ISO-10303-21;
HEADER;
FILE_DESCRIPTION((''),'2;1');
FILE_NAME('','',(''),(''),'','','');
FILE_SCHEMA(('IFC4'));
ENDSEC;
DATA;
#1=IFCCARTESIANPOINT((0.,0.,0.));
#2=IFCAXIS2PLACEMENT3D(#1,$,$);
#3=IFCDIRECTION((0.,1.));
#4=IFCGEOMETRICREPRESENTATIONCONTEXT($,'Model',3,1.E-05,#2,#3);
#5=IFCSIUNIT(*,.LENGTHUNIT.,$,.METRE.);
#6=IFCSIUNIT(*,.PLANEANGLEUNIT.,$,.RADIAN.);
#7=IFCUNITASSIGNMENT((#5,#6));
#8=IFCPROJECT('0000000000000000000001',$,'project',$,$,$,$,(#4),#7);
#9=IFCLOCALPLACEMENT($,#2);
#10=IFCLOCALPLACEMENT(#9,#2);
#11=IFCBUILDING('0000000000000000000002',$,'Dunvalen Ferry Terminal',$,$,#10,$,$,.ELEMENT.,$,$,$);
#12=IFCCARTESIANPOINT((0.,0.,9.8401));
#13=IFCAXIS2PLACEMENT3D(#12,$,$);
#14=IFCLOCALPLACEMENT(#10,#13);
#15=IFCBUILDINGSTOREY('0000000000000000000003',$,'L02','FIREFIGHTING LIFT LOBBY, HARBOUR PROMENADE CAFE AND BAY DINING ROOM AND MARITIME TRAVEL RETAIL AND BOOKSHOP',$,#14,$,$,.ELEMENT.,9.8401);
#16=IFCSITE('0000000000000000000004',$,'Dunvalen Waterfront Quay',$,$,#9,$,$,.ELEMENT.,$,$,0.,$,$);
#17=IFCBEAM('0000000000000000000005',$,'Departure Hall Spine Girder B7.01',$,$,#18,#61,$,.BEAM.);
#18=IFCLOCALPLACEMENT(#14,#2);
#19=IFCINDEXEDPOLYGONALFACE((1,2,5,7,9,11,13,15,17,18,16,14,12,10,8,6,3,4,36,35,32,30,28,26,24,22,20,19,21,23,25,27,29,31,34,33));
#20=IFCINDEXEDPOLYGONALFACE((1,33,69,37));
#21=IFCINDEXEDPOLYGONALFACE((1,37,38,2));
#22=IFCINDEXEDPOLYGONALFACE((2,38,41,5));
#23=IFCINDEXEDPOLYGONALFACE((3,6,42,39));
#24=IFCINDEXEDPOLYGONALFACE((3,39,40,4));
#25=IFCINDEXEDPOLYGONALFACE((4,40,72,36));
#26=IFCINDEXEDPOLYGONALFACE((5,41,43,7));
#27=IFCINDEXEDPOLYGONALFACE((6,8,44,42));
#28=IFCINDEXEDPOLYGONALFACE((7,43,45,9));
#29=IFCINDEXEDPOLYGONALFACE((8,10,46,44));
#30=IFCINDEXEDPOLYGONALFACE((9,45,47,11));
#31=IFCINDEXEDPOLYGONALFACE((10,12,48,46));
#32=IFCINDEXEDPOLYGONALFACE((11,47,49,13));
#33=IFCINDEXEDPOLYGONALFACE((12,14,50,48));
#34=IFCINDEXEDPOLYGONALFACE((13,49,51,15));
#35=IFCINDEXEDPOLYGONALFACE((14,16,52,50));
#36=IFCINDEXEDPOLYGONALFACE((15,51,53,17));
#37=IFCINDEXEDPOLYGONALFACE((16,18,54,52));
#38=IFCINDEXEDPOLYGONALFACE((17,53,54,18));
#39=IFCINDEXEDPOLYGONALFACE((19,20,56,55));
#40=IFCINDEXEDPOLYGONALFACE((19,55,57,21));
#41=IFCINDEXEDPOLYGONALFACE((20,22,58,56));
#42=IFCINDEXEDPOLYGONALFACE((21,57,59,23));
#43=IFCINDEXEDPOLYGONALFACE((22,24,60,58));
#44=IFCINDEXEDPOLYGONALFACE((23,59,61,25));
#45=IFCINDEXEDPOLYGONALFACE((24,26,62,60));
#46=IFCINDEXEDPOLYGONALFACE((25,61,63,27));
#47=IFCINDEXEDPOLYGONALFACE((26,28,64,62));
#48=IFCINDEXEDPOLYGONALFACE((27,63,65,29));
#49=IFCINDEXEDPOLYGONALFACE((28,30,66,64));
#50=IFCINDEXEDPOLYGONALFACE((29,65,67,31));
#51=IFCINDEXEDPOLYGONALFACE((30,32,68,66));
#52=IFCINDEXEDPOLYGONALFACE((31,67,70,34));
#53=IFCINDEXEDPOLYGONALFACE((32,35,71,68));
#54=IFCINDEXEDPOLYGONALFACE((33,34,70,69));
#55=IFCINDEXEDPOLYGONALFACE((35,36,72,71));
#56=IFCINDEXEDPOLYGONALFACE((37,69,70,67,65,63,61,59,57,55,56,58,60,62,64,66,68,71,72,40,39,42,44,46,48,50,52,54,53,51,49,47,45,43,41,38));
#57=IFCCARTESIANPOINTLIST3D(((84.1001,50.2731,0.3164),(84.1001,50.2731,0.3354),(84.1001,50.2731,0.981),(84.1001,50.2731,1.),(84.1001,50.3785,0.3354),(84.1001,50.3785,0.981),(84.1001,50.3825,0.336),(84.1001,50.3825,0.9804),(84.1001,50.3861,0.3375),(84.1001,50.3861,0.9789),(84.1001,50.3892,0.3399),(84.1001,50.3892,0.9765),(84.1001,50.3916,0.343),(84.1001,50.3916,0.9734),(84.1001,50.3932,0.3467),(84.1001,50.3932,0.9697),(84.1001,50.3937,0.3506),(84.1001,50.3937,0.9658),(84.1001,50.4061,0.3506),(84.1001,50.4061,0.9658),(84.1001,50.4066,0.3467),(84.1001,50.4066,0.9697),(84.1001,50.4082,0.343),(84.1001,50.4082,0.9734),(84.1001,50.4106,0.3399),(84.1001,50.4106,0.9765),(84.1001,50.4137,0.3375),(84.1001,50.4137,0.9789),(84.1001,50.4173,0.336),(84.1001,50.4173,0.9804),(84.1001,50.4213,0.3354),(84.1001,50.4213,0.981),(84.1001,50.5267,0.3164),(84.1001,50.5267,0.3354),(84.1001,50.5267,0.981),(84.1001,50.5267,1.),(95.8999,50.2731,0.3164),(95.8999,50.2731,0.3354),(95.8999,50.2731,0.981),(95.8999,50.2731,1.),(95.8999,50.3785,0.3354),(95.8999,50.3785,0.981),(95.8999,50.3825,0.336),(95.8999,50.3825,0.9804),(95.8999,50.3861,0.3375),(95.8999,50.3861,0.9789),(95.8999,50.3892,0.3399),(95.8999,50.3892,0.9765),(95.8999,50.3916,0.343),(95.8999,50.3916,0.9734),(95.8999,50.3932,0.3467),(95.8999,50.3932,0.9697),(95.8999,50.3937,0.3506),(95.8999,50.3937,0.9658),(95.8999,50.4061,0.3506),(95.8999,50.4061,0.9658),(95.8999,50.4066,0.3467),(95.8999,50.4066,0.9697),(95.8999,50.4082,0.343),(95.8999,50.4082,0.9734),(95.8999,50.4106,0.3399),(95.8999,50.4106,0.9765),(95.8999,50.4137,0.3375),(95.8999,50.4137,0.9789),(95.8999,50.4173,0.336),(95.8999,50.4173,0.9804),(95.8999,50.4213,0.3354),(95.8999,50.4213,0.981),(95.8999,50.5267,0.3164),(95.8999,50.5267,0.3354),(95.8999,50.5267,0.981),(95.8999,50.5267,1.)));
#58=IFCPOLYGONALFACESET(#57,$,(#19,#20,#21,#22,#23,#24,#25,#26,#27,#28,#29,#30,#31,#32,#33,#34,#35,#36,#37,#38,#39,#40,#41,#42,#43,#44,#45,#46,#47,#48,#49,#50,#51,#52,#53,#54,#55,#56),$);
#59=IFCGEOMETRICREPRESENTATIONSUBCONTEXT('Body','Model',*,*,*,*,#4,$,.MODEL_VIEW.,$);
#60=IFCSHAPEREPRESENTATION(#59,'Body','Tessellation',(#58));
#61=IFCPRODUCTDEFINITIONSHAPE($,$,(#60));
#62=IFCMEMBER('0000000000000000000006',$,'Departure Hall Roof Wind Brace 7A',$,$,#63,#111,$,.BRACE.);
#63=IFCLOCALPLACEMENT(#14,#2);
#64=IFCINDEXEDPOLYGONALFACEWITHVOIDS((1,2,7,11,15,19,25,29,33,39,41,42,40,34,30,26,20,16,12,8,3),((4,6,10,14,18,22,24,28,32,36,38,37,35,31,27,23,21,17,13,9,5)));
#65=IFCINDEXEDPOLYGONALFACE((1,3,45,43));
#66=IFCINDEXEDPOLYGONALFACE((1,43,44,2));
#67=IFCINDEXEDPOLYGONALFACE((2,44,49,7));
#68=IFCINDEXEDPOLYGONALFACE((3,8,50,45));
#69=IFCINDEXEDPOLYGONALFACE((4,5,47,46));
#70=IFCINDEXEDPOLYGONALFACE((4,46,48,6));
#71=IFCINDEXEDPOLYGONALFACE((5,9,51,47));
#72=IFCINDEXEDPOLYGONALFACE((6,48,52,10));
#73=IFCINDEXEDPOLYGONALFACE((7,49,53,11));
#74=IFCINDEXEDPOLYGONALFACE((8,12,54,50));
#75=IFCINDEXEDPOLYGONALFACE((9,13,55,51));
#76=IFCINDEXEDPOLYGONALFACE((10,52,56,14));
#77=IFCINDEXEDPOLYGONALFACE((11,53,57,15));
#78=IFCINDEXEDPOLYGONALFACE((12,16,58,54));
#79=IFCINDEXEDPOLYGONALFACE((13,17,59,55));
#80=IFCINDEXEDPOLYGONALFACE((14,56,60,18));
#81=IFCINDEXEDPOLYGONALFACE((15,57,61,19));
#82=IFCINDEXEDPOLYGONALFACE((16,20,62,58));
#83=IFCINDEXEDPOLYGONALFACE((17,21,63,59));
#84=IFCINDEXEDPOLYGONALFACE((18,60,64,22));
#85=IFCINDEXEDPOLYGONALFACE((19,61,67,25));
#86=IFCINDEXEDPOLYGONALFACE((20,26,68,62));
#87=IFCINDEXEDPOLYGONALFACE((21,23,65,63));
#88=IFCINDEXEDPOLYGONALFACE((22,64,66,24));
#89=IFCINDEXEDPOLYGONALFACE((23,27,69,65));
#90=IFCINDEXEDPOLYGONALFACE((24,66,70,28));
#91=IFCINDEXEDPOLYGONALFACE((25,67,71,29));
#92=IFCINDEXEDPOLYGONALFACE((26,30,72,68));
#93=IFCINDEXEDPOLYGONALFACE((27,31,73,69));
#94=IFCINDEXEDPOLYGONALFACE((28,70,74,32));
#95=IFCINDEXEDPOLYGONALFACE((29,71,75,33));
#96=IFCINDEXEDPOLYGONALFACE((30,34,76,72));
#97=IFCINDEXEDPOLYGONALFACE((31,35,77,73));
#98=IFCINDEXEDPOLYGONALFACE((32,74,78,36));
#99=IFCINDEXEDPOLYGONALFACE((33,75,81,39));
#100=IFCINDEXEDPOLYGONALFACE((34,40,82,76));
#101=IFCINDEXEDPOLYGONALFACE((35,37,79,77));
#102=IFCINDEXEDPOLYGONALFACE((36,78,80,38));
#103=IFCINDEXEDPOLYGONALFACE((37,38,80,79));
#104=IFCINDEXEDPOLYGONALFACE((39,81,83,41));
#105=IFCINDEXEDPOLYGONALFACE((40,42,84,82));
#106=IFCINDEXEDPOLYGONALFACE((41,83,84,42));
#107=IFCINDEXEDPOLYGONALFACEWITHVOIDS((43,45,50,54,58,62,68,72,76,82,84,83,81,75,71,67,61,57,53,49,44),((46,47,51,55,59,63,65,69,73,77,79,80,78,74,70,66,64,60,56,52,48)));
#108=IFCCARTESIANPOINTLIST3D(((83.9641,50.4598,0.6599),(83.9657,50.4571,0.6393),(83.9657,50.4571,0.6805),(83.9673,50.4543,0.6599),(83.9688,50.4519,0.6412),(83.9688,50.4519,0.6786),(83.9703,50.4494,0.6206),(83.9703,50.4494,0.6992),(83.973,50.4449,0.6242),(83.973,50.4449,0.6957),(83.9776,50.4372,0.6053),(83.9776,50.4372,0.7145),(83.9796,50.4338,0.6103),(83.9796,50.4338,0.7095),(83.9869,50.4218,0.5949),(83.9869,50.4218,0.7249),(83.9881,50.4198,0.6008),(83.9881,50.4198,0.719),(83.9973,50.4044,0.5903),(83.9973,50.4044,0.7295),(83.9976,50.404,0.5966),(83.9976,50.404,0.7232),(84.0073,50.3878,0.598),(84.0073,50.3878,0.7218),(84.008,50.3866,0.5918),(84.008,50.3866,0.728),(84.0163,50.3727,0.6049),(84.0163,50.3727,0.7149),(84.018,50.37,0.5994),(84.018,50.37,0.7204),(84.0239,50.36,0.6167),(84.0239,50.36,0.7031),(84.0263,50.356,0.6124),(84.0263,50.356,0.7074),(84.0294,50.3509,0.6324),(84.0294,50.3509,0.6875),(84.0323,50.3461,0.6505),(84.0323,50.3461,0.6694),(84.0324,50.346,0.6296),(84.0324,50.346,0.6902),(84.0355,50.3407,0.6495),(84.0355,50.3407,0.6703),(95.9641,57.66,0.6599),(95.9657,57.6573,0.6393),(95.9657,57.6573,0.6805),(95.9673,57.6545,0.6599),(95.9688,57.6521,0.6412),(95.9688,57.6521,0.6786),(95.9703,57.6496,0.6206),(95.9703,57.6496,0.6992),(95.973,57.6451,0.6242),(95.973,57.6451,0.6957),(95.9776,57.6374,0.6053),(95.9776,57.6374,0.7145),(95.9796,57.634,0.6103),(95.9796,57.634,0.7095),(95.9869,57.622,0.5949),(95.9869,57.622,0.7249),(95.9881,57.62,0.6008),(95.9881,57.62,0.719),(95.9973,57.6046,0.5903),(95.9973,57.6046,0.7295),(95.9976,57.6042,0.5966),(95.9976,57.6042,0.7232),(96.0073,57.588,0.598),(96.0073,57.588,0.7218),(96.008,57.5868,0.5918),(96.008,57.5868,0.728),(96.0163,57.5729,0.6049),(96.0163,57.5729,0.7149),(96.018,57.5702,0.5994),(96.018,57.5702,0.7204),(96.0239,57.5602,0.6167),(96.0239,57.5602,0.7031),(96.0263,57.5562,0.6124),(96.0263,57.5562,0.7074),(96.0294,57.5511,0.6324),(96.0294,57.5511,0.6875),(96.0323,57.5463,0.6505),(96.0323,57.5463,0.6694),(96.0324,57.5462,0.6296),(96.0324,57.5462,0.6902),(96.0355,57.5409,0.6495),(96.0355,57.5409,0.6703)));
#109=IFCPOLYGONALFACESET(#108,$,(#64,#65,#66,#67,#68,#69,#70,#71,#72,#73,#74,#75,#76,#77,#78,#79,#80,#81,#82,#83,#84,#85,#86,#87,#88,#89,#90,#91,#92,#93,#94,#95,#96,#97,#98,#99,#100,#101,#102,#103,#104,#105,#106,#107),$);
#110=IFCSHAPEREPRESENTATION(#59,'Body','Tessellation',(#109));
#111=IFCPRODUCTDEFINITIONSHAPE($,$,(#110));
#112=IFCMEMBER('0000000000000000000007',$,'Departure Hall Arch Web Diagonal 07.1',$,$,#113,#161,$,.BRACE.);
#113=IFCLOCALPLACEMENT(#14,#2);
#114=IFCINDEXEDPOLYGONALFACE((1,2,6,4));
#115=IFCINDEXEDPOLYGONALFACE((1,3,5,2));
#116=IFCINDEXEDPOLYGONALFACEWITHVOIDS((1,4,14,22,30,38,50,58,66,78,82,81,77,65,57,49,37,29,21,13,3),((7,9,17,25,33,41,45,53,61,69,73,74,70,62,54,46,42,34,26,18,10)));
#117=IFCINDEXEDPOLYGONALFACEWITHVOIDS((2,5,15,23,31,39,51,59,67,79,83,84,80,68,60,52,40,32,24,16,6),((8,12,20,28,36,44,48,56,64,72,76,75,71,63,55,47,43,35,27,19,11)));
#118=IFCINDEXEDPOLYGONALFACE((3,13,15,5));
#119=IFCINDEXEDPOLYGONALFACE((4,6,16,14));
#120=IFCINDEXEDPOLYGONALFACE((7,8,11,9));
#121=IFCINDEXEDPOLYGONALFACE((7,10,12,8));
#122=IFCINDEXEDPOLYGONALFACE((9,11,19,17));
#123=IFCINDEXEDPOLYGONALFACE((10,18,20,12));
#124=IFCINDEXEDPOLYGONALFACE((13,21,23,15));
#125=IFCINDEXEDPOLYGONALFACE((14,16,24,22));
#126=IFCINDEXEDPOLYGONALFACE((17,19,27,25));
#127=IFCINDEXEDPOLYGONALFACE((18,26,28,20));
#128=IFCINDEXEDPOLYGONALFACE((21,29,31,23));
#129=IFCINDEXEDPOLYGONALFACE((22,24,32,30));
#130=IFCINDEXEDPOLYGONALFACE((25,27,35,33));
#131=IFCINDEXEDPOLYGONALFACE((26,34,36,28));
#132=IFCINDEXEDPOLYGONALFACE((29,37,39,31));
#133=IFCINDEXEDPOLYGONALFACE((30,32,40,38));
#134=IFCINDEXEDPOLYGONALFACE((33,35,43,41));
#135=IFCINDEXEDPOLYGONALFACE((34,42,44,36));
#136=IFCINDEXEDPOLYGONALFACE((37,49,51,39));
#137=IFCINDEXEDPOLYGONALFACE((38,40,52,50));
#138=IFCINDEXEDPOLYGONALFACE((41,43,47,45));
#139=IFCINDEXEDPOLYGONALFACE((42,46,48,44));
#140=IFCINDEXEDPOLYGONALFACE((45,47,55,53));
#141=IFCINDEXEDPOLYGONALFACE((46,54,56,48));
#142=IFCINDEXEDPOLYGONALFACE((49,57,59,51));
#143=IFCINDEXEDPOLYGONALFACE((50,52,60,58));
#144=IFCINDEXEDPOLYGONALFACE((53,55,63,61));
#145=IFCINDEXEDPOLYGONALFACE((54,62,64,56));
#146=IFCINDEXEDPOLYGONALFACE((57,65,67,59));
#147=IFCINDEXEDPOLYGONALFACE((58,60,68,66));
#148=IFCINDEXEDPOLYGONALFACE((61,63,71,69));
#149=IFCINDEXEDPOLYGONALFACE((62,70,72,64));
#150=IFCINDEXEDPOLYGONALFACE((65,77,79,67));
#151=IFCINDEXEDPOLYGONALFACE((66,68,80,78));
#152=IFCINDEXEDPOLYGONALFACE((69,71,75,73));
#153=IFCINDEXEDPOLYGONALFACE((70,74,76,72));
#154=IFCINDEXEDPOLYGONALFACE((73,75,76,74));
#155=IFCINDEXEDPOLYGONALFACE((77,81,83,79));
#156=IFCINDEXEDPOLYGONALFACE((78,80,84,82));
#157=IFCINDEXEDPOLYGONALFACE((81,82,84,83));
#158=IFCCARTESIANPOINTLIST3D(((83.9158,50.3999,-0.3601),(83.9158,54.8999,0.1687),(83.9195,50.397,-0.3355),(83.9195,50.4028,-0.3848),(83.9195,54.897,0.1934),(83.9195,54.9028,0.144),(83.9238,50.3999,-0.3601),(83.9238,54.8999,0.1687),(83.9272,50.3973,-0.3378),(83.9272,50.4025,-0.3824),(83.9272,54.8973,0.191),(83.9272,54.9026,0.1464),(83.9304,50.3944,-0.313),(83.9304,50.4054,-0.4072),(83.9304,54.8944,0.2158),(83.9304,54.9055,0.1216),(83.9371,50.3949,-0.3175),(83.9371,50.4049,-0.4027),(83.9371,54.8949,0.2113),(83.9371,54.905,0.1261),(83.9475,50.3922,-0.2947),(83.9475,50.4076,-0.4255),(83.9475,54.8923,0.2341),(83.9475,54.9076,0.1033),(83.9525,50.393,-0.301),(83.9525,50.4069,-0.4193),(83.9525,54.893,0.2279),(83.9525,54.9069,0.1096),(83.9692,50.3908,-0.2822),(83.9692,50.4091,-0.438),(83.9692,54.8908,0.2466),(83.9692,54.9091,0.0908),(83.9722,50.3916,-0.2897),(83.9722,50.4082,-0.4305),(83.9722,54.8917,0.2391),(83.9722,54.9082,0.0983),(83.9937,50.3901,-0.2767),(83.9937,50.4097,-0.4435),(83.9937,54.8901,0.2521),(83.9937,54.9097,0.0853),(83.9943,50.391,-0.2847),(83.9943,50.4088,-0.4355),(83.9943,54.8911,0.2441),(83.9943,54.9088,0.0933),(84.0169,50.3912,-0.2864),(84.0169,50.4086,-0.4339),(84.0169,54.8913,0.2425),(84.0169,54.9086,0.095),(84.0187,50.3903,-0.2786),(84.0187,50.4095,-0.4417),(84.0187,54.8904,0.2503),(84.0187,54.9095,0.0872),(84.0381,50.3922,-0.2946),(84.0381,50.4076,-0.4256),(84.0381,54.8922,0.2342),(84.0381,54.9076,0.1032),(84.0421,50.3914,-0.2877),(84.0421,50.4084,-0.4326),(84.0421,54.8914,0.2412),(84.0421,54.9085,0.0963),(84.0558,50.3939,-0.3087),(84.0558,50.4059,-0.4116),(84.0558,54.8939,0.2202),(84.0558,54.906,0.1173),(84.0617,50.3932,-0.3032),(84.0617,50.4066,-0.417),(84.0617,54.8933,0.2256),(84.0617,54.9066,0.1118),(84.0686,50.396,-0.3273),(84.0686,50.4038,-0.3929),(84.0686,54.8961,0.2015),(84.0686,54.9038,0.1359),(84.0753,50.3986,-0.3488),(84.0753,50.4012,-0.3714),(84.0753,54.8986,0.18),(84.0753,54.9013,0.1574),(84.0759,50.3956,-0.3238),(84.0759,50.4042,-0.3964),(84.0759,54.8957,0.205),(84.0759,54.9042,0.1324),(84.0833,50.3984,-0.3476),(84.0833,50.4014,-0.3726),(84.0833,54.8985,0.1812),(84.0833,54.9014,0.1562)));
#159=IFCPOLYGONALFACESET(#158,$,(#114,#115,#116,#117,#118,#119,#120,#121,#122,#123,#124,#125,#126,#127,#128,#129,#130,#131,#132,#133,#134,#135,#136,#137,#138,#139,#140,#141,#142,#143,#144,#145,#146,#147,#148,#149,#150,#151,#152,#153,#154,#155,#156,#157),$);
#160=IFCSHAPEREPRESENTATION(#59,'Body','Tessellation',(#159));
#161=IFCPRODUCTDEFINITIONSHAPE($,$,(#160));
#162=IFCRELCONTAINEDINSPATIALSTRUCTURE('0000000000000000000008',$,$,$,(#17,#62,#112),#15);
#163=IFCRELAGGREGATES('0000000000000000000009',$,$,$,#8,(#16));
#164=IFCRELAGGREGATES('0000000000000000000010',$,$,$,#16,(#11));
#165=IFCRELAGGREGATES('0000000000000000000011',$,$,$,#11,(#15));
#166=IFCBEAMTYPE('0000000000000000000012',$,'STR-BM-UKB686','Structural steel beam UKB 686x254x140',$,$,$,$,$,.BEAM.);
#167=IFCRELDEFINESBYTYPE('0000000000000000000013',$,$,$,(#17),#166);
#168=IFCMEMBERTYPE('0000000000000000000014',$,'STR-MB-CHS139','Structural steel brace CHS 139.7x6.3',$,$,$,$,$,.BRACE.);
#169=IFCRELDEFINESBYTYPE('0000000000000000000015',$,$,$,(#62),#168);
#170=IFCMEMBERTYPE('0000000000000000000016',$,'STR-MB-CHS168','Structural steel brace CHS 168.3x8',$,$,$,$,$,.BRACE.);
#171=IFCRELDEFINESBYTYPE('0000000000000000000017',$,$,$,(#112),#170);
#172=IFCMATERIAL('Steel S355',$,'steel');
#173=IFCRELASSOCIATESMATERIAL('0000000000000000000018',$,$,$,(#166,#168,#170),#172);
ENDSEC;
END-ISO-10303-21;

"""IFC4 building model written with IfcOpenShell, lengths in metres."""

from ifc_helpers import new_model, si_unit, direction, frame, origin, origin_2d, place, context, subcontext, project, spatial, hollow_circle, i_section, extrude, material, material_profile, profile_set, type_object, element, save


model = new_model("IFC4")

# Units and contexts
model_context = context("Model", 3, precision=1e-05, world=origin(), true_north=direction((0.0, 1.0)))
body_context = subcontext(model_context, "Body", "Model", "MODEL_VIEW")
ifc_project = project(units=[si_unit("LENGTHUNIT", "METRE"), si_unit("PLANEANGLEUNIT", "RADIAN")], contexts=[model_context])

# Site, building, storey
site_placement = place(None, origin())
site = spatial("IfcSite", under=ifc_project, at=site_placement, Name="Dunvalen Waterfront Quay", CompositionType="ELEMENT", RefElevation=0.0)
building_placement = place(site_placement, origin())
building = spatial("IfcBuilding", under=site, at=building_placement, Name="Dunvalen Ferry Terminal", CompositionType="ELEMENT")
storey_placement = place(building_placement, frame((0.0, 0.0, 9.8401)))
storey = spatial("IfcBuildingStorey", under=building, at=storey_placement, Name="L02", Description="FIREFIGHTING LIFT LOBBY, HARBOUR PROMENADE CAFE AND BAY DINING ROOM AND MARITIME TRAVEL RETAIL AND BOOKSHOP", CompositionType="ELEMENT", Elevation=9.8401)

# Beam
ifc_material_1 = material(Name="Steel S355", Category="steel")
ifc_material_profile_1 = material_profile(ifc_material_1, i_section(OverallWidth=0.2537, OverallDepth=0.6836, WebThickness=0.0125, FlangeThickness=0.019, FilletRadius=0.0151, at=origin_2d()), Name="Steel S355")
ifc_profile_set_1 = profile_set([ifc_material_profile_1], Name="Steel S355")
beam_type_1 = type_object("IfcBeamType", Name="STR-BM-UKB686", Description="Structural steel beam UKB 686x254x140", PredefinedType="BEAM", material=ifc_profile_set_1)
beam_1_placement = place(storey_placement, frame((84.1001, 50.3999, 0.6582), z_axis=(1.0, 0.0, 0.0), x_axis=(0.0, 1.0, 0.0)))
element("IfcBeam", 1, at=beam_1_placement, inside=storey, type_object=beam_type_1, Name="Departure Hall Spine Girder B7.01", PredefinedType="BEAM", context=body_context, shape_type="SweptSolid", body=[
    extrude(i_section(OverallWidth=0.2537, OverallDepth=0.6836, WebThickness=0.0125, FlangeThickness=0.019, FilletRadius=0.0151, at=origin_2d()), origin(), (0.0, 0.0, 1.0), 11.7998),
])

# Members
ifc_material_profile_2 = material_profile(ifc_material_1, hollow_circle(Radius=0.0698, WallThickness=0.0063, at=origin_2d()), Name="Steel S355")
ifc_profile_set_2 = profile_set([ifc_material_profile_2], Name="Steel S355")
member_type_1 = type_object("IfcMemberType", Name="STR-MB-CHS139", Description="Structural steel brace CHS 139.7x6.3", PredefinedType="BRACE", material=ifc_profile_set_2)
member_1_placement = place(storey_placement, frame((84.0, 50.3999, 0.6599), z_axis=(0.857487, 0.514506, 0.0), x_axis=(-0.514506, 0.857487, 0.0)))
element("IfcMember", 2, at=member_1_placement, inside=storey, type_object=member_type_1, Name="Departure Hall Roof Wind Brace 7A", PredefinedType="BRACE", context=body_context, shape_type="SweptSolid", body=[
    extrude(hollow_circle(Radius=0.0698, WallThickness=0.0063, at=origin_2d()), origin(), (0.0, 0.0, 1.0), 13.9944),
])
ifc_material_profile_3 = material_profile(ifc_material_1, hollow_circle(Radius=0.0842, WallThickness=0.0081, at=origin_2d()), Name="Steel S355")
ifc_profile_set_3 = profile_set([ifc_material_profile_3], Name="Steel S355")
member_type_2 = type_object("IfcMemberType", Name="STR-MB-CHS168", Description="Structural steel brace CHS 168.3x8", PredefinedType="BRACE", material=ifc_profile_set_3)
member_2_placement = place(storey_placement, frame((84.0, 50.3999, -0.3601), z_axis=(0.0, 0.993166, 0.11671), x_axis=(-1.0, 0.0, 0.0)))
element("IfcMember", 3, at=member_2_placement, inside=storey, type_object=member_type_2, Name="Departure Hall Arch Web Diagonal 07.1", PredefinedType="BRACE", context=body_context, shape_type="SweptSolid", body=[
    extrude(hollow_circle(Radius=0.0842, WallThickness=0.0081, at=origin_2d()), origin(), (0.0, 0.0, 1.0), 4.531),
])

save(model, "model.ifc")
